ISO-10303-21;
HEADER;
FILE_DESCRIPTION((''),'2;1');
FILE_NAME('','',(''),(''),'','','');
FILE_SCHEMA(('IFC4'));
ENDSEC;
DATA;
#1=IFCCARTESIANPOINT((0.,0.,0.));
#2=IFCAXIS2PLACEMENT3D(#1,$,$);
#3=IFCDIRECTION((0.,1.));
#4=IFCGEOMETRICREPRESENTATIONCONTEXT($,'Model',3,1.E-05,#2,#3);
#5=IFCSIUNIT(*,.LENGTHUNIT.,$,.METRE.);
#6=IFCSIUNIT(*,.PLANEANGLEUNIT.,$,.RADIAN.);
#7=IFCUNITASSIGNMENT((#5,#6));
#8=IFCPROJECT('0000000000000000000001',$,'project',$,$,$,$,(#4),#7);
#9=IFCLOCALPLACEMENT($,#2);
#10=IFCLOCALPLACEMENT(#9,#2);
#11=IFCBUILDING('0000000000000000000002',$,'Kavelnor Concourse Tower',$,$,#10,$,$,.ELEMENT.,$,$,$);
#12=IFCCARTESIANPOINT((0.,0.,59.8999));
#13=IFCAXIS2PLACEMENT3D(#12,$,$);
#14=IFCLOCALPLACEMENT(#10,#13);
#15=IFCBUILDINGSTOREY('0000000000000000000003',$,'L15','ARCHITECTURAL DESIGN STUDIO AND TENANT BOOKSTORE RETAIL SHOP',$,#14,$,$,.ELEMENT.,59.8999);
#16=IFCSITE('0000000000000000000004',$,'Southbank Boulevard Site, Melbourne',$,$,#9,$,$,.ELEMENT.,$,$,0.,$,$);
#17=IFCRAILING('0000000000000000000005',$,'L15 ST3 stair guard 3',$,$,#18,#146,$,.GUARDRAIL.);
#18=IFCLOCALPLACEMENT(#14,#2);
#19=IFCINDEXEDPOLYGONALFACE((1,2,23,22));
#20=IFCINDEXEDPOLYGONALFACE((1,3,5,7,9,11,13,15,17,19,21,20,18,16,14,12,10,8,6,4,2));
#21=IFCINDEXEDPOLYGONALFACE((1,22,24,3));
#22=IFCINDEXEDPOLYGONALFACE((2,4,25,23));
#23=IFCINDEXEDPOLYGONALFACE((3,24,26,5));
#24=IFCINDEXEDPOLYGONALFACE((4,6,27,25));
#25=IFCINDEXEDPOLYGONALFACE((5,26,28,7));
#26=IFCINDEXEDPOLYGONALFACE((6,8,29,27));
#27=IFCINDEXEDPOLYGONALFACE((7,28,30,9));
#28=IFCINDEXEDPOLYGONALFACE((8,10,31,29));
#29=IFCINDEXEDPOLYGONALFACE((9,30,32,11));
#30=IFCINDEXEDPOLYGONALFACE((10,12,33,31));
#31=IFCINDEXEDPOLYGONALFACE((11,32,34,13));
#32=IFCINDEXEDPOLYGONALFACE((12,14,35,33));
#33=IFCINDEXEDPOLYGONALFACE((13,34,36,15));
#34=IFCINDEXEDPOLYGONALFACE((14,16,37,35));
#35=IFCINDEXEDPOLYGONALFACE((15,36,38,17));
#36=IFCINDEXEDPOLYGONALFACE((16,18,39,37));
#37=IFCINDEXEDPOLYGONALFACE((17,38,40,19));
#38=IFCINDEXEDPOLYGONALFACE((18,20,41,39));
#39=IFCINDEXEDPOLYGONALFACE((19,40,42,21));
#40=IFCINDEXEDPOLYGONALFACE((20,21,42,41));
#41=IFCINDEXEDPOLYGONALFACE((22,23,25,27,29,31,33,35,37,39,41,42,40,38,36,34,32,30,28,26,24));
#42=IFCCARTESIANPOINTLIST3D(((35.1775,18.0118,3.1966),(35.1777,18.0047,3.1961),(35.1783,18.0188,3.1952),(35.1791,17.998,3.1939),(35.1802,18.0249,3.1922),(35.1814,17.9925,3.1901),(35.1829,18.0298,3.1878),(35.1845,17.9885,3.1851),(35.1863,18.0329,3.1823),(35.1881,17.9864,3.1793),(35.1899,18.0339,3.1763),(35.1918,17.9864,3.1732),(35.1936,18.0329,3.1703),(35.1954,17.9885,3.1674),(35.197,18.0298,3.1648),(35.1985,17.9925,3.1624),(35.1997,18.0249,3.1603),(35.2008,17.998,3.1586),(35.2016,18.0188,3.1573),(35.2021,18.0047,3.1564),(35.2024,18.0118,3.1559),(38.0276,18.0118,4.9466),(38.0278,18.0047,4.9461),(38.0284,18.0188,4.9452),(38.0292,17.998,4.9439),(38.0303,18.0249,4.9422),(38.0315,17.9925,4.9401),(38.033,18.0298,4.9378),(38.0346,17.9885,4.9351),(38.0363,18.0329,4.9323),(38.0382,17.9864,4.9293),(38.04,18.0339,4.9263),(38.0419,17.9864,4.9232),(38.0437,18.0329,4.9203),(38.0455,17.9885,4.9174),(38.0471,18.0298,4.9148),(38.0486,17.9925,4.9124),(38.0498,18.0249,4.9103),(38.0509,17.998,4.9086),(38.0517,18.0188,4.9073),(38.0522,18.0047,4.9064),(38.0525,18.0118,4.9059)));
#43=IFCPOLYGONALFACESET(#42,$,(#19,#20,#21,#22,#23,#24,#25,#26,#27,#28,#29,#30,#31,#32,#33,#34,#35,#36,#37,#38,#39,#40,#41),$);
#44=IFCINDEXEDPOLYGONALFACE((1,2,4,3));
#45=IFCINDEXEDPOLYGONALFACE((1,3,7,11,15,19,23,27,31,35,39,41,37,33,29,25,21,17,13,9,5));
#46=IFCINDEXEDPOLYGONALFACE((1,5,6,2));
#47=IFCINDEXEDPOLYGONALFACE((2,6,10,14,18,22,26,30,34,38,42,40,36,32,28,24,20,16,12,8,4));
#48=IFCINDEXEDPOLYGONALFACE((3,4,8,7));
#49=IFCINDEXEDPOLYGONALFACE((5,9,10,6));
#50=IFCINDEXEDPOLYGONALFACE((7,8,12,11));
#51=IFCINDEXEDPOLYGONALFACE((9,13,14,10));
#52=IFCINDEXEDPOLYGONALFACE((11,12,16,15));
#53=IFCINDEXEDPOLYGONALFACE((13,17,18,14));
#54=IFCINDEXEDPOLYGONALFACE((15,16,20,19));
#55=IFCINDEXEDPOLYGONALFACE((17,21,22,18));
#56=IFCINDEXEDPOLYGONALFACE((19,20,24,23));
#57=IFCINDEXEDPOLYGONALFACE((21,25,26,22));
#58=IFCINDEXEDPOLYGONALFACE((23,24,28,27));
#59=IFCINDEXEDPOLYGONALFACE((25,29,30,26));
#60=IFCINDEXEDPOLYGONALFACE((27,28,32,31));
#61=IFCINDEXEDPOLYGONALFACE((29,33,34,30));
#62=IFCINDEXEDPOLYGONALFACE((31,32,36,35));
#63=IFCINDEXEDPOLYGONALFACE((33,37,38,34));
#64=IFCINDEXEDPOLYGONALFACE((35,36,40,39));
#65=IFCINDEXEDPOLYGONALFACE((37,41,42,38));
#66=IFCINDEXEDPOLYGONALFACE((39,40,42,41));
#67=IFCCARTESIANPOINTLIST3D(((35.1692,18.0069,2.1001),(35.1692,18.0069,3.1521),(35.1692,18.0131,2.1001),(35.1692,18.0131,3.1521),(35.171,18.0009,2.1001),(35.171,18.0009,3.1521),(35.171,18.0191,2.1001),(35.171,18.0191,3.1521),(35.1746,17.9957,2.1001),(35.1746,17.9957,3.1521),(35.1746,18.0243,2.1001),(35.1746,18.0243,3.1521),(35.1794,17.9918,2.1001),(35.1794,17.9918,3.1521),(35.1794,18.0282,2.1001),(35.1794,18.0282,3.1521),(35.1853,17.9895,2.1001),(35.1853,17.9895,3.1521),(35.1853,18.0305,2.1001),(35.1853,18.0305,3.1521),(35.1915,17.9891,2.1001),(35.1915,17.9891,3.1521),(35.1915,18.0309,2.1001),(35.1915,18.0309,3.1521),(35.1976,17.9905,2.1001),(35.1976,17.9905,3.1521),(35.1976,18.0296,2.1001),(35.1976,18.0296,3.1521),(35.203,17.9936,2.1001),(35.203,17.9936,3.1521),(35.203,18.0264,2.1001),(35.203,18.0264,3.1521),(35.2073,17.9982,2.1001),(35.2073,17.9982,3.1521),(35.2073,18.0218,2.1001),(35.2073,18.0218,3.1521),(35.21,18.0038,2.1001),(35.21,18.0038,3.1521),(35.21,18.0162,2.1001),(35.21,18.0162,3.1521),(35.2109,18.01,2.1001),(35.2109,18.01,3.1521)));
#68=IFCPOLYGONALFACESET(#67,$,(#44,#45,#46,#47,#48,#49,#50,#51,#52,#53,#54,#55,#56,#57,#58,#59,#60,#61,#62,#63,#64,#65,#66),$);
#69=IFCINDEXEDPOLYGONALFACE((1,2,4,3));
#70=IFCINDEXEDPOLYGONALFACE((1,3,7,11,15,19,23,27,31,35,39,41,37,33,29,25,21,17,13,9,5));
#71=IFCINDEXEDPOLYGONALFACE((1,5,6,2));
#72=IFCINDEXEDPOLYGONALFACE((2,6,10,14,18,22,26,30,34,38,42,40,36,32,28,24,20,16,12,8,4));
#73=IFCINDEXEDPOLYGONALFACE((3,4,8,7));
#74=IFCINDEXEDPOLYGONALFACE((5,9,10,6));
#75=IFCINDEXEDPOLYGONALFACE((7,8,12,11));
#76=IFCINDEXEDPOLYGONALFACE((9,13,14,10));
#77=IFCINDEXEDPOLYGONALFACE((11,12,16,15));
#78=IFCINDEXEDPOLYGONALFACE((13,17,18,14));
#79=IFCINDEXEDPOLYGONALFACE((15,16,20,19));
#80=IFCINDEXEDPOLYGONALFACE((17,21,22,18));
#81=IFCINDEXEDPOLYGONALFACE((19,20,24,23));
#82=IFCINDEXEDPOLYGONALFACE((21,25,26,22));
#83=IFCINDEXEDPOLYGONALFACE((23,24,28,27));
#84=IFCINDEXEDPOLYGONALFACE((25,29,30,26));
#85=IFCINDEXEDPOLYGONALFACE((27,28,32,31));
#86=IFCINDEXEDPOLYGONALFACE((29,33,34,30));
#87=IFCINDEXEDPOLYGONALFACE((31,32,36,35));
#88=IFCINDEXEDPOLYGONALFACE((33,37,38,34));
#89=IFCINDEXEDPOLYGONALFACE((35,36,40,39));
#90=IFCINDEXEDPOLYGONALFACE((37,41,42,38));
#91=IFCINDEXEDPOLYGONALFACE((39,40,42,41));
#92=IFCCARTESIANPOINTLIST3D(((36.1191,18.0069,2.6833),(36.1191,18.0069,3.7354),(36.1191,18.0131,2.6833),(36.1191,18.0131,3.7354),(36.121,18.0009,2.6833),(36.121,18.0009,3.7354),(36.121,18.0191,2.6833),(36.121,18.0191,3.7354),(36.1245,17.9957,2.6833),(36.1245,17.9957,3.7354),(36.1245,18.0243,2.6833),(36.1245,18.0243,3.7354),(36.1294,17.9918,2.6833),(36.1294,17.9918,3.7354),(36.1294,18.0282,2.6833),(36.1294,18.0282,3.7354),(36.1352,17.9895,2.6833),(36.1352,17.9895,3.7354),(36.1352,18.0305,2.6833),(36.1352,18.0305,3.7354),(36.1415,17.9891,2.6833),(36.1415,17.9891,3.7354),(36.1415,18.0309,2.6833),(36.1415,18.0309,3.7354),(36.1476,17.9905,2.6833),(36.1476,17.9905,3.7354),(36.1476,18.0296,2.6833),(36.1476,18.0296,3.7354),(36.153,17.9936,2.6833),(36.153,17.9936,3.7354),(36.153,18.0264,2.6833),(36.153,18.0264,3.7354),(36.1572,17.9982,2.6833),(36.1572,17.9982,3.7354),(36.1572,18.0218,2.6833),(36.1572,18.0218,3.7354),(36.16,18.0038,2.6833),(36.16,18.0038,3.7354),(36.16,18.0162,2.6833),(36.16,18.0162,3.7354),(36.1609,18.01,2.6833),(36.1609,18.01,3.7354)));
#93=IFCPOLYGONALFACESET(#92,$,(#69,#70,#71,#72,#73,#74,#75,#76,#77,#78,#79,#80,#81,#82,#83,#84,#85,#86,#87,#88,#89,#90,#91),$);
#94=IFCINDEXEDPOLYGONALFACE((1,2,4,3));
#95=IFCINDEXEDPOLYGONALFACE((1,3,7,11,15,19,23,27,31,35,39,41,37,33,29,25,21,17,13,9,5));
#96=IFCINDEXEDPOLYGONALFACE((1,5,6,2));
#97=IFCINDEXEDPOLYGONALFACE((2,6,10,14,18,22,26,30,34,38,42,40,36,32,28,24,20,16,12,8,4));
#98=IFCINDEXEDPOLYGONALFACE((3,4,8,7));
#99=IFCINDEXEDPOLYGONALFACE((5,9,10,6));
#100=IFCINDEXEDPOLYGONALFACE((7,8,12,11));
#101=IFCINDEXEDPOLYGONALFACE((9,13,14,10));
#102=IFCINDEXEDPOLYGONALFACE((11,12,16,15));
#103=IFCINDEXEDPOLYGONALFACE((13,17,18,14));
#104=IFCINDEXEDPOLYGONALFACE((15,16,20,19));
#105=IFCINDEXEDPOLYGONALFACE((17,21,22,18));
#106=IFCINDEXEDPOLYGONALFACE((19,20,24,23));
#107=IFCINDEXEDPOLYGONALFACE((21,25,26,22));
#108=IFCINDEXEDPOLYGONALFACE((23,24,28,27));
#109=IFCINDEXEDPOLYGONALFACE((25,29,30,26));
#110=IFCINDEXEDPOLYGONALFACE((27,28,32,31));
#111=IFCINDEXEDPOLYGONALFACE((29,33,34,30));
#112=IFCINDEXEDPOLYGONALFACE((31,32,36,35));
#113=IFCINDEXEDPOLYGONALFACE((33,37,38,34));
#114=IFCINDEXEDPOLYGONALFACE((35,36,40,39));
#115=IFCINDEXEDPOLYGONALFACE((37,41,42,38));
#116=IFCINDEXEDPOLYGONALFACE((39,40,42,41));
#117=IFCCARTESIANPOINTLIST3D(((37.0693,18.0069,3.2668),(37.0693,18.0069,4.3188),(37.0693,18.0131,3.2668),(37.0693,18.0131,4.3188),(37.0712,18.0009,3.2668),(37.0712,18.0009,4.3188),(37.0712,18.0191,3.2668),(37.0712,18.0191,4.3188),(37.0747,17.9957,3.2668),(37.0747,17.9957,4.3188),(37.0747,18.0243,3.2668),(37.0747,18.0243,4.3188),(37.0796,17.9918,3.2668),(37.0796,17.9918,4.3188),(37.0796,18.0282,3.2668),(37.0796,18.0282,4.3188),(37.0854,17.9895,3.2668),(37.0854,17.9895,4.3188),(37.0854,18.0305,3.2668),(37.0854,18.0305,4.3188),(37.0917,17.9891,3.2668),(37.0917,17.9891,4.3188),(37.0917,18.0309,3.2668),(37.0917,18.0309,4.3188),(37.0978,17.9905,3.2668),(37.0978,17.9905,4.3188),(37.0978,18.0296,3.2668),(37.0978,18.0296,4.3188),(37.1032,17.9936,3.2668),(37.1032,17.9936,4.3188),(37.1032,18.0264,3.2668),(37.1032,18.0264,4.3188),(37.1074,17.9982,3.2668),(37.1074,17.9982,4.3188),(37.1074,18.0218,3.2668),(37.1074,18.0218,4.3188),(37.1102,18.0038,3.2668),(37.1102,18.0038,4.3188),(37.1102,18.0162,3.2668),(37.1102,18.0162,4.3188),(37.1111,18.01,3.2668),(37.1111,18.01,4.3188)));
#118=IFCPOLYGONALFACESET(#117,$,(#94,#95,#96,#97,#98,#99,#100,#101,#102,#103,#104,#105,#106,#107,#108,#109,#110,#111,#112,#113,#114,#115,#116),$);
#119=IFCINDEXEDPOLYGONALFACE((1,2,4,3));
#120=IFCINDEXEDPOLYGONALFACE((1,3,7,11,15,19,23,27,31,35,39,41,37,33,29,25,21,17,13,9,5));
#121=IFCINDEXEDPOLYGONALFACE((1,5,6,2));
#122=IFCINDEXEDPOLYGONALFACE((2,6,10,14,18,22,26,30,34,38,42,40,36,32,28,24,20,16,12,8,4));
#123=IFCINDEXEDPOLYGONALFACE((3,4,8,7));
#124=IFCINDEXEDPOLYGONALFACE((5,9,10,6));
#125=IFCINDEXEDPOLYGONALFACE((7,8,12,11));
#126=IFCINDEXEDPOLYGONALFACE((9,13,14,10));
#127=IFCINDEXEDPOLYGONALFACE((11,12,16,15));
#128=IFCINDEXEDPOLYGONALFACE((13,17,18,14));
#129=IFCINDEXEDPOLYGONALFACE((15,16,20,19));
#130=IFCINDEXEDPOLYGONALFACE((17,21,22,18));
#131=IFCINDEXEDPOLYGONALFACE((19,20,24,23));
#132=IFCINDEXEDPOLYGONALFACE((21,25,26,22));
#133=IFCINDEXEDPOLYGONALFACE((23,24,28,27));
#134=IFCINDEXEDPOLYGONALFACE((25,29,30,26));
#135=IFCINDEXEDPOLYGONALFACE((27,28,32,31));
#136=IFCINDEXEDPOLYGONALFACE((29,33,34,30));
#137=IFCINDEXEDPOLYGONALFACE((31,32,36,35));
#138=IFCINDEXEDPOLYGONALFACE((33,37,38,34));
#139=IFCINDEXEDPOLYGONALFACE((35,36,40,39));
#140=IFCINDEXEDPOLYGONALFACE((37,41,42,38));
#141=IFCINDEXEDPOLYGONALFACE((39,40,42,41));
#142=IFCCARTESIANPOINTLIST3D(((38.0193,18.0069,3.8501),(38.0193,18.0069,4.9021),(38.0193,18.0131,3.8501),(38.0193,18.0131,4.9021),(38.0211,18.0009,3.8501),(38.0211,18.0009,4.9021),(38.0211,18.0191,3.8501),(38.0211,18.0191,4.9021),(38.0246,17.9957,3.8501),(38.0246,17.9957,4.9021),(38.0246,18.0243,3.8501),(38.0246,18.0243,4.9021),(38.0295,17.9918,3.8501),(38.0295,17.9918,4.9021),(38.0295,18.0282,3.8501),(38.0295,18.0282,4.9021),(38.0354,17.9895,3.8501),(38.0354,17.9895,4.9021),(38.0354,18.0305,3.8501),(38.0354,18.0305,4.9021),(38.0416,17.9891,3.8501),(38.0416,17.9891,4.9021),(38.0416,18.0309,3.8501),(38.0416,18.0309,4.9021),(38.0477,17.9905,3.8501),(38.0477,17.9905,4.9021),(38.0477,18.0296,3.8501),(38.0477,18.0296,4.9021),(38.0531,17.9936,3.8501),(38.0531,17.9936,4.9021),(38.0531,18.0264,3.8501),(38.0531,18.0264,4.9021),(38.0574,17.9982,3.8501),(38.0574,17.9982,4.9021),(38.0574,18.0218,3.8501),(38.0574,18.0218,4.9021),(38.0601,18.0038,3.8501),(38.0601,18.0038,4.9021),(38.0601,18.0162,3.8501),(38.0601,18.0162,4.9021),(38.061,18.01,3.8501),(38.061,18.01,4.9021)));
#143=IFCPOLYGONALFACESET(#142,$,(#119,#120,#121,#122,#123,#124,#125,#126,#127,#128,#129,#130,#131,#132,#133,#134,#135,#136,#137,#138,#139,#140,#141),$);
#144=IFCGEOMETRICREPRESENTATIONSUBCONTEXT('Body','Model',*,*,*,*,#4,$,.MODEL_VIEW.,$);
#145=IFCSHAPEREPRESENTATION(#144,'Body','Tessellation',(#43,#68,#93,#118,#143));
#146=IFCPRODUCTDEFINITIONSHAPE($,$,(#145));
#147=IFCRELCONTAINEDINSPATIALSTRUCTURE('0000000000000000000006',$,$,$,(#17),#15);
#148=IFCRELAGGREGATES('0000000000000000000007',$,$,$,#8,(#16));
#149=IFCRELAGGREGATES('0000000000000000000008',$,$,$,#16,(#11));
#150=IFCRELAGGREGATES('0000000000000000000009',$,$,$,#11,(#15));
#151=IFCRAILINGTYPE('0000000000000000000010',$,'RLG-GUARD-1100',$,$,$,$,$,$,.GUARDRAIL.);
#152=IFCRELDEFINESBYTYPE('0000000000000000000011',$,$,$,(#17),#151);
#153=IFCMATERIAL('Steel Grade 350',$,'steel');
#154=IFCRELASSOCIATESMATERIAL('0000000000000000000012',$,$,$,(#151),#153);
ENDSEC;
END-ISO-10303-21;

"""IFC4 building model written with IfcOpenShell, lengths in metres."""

from ifc_helpers import new_model, si_unit, direction, frame, origin, origin_2d, place, context, subcontext, project, spatial, circle, extrude, material, type_object, element, save


model = new_model("IFC4")

# Units and contexts
model_context = context("Model", 3, precision=1e-05, world=origin(), true_north=direction((0.0, 1.0)))
body_context = subcontext(model_context, "Body", "Model", "MODEL_VIEW")
ifc_project = project(units=[si_unit("LENGTHUNIT", "METRE"), si_unit("PLANEANGLEUNIT", "RADIAN")], contexts=[model_context])

# Site, building, storey
site_placement = place(None, origin())
site = spatial("IfcSite", under=ifc_project, at=site_placement, Name="Southbank Boulevard Site, Melbourne", CompositionType="ELEMENT", RefElevation=0.0)
building_placement = place(site_placement, origin())
building = spatial("IfcBuilding", under=site, at=building_placement, Name="Kavelnor Concourse Tower", CompositionType="ELEMENT")
storey_placement = place(building_placement, frame((0.0, 0.0, 59.8999)))
storey = spatial("IfcBuildingStorey", under=building, at=storey_placement, Name="L15", Description="ARCHITECTURAL DESIGN STUDIO AND TENANT BOOKSTORE RETAIL SHOP", CompositionType="ELEMENT", Elevation=59.8999)

# Shared definitions
ifc_material_1 = material(Name="Steel Grade 350", Category="steel")

# Railing
railing_type_1 = type_object("IfcRailingType", Name="RLG-GUARD-1100", PredefinedType="GUARDRAIL", material=ifc_material_1)
railing_1_placement = place(storey_placement, frame((35.1899, 18.01, 2.1001)))
element("IfcRailing", 1, at=railing_1_placement, inside=storey, type_object=railing_type_1, Name="L15 ST3 stair guard 3", PredefinedType="GUARDRAIL", context=body_context, shape_type="SweptSolid", body=[
    extrude(circle(Radius=0.0239, at=origin_2d()), frame((0.0, 0.0, 1.0762), z_axis=(0.852179, 0.0, 0.52325), x_axis=(0.0, 1.0, 0.0)), (0.0, 0.0, 1.0), 3.3445),
    extrude(circle(Radius=0.021, at=origin_2d()), origin(), (0.0, 0.0, 1.0), 1.052),
    extrude(circle(Radius=0.021, at=origin_2d()), frame((0.95, 0.0, 0.5833)), (0.0, 0.0, 1.0), 1.052),
    extrude(circle(Radius=0.021, at=origin_2d()), frame((1.9001, 0.0, 1.1667)), (0.0, 0.0, 1.0), 1.052),
    extrude(circle(Radius=0.021, at=origin_2d()), frame((2.8501, 0.0, 1.75)), (0.0, 0.0, 1.0), 1.052),
])

save(model, "model.ifc")
